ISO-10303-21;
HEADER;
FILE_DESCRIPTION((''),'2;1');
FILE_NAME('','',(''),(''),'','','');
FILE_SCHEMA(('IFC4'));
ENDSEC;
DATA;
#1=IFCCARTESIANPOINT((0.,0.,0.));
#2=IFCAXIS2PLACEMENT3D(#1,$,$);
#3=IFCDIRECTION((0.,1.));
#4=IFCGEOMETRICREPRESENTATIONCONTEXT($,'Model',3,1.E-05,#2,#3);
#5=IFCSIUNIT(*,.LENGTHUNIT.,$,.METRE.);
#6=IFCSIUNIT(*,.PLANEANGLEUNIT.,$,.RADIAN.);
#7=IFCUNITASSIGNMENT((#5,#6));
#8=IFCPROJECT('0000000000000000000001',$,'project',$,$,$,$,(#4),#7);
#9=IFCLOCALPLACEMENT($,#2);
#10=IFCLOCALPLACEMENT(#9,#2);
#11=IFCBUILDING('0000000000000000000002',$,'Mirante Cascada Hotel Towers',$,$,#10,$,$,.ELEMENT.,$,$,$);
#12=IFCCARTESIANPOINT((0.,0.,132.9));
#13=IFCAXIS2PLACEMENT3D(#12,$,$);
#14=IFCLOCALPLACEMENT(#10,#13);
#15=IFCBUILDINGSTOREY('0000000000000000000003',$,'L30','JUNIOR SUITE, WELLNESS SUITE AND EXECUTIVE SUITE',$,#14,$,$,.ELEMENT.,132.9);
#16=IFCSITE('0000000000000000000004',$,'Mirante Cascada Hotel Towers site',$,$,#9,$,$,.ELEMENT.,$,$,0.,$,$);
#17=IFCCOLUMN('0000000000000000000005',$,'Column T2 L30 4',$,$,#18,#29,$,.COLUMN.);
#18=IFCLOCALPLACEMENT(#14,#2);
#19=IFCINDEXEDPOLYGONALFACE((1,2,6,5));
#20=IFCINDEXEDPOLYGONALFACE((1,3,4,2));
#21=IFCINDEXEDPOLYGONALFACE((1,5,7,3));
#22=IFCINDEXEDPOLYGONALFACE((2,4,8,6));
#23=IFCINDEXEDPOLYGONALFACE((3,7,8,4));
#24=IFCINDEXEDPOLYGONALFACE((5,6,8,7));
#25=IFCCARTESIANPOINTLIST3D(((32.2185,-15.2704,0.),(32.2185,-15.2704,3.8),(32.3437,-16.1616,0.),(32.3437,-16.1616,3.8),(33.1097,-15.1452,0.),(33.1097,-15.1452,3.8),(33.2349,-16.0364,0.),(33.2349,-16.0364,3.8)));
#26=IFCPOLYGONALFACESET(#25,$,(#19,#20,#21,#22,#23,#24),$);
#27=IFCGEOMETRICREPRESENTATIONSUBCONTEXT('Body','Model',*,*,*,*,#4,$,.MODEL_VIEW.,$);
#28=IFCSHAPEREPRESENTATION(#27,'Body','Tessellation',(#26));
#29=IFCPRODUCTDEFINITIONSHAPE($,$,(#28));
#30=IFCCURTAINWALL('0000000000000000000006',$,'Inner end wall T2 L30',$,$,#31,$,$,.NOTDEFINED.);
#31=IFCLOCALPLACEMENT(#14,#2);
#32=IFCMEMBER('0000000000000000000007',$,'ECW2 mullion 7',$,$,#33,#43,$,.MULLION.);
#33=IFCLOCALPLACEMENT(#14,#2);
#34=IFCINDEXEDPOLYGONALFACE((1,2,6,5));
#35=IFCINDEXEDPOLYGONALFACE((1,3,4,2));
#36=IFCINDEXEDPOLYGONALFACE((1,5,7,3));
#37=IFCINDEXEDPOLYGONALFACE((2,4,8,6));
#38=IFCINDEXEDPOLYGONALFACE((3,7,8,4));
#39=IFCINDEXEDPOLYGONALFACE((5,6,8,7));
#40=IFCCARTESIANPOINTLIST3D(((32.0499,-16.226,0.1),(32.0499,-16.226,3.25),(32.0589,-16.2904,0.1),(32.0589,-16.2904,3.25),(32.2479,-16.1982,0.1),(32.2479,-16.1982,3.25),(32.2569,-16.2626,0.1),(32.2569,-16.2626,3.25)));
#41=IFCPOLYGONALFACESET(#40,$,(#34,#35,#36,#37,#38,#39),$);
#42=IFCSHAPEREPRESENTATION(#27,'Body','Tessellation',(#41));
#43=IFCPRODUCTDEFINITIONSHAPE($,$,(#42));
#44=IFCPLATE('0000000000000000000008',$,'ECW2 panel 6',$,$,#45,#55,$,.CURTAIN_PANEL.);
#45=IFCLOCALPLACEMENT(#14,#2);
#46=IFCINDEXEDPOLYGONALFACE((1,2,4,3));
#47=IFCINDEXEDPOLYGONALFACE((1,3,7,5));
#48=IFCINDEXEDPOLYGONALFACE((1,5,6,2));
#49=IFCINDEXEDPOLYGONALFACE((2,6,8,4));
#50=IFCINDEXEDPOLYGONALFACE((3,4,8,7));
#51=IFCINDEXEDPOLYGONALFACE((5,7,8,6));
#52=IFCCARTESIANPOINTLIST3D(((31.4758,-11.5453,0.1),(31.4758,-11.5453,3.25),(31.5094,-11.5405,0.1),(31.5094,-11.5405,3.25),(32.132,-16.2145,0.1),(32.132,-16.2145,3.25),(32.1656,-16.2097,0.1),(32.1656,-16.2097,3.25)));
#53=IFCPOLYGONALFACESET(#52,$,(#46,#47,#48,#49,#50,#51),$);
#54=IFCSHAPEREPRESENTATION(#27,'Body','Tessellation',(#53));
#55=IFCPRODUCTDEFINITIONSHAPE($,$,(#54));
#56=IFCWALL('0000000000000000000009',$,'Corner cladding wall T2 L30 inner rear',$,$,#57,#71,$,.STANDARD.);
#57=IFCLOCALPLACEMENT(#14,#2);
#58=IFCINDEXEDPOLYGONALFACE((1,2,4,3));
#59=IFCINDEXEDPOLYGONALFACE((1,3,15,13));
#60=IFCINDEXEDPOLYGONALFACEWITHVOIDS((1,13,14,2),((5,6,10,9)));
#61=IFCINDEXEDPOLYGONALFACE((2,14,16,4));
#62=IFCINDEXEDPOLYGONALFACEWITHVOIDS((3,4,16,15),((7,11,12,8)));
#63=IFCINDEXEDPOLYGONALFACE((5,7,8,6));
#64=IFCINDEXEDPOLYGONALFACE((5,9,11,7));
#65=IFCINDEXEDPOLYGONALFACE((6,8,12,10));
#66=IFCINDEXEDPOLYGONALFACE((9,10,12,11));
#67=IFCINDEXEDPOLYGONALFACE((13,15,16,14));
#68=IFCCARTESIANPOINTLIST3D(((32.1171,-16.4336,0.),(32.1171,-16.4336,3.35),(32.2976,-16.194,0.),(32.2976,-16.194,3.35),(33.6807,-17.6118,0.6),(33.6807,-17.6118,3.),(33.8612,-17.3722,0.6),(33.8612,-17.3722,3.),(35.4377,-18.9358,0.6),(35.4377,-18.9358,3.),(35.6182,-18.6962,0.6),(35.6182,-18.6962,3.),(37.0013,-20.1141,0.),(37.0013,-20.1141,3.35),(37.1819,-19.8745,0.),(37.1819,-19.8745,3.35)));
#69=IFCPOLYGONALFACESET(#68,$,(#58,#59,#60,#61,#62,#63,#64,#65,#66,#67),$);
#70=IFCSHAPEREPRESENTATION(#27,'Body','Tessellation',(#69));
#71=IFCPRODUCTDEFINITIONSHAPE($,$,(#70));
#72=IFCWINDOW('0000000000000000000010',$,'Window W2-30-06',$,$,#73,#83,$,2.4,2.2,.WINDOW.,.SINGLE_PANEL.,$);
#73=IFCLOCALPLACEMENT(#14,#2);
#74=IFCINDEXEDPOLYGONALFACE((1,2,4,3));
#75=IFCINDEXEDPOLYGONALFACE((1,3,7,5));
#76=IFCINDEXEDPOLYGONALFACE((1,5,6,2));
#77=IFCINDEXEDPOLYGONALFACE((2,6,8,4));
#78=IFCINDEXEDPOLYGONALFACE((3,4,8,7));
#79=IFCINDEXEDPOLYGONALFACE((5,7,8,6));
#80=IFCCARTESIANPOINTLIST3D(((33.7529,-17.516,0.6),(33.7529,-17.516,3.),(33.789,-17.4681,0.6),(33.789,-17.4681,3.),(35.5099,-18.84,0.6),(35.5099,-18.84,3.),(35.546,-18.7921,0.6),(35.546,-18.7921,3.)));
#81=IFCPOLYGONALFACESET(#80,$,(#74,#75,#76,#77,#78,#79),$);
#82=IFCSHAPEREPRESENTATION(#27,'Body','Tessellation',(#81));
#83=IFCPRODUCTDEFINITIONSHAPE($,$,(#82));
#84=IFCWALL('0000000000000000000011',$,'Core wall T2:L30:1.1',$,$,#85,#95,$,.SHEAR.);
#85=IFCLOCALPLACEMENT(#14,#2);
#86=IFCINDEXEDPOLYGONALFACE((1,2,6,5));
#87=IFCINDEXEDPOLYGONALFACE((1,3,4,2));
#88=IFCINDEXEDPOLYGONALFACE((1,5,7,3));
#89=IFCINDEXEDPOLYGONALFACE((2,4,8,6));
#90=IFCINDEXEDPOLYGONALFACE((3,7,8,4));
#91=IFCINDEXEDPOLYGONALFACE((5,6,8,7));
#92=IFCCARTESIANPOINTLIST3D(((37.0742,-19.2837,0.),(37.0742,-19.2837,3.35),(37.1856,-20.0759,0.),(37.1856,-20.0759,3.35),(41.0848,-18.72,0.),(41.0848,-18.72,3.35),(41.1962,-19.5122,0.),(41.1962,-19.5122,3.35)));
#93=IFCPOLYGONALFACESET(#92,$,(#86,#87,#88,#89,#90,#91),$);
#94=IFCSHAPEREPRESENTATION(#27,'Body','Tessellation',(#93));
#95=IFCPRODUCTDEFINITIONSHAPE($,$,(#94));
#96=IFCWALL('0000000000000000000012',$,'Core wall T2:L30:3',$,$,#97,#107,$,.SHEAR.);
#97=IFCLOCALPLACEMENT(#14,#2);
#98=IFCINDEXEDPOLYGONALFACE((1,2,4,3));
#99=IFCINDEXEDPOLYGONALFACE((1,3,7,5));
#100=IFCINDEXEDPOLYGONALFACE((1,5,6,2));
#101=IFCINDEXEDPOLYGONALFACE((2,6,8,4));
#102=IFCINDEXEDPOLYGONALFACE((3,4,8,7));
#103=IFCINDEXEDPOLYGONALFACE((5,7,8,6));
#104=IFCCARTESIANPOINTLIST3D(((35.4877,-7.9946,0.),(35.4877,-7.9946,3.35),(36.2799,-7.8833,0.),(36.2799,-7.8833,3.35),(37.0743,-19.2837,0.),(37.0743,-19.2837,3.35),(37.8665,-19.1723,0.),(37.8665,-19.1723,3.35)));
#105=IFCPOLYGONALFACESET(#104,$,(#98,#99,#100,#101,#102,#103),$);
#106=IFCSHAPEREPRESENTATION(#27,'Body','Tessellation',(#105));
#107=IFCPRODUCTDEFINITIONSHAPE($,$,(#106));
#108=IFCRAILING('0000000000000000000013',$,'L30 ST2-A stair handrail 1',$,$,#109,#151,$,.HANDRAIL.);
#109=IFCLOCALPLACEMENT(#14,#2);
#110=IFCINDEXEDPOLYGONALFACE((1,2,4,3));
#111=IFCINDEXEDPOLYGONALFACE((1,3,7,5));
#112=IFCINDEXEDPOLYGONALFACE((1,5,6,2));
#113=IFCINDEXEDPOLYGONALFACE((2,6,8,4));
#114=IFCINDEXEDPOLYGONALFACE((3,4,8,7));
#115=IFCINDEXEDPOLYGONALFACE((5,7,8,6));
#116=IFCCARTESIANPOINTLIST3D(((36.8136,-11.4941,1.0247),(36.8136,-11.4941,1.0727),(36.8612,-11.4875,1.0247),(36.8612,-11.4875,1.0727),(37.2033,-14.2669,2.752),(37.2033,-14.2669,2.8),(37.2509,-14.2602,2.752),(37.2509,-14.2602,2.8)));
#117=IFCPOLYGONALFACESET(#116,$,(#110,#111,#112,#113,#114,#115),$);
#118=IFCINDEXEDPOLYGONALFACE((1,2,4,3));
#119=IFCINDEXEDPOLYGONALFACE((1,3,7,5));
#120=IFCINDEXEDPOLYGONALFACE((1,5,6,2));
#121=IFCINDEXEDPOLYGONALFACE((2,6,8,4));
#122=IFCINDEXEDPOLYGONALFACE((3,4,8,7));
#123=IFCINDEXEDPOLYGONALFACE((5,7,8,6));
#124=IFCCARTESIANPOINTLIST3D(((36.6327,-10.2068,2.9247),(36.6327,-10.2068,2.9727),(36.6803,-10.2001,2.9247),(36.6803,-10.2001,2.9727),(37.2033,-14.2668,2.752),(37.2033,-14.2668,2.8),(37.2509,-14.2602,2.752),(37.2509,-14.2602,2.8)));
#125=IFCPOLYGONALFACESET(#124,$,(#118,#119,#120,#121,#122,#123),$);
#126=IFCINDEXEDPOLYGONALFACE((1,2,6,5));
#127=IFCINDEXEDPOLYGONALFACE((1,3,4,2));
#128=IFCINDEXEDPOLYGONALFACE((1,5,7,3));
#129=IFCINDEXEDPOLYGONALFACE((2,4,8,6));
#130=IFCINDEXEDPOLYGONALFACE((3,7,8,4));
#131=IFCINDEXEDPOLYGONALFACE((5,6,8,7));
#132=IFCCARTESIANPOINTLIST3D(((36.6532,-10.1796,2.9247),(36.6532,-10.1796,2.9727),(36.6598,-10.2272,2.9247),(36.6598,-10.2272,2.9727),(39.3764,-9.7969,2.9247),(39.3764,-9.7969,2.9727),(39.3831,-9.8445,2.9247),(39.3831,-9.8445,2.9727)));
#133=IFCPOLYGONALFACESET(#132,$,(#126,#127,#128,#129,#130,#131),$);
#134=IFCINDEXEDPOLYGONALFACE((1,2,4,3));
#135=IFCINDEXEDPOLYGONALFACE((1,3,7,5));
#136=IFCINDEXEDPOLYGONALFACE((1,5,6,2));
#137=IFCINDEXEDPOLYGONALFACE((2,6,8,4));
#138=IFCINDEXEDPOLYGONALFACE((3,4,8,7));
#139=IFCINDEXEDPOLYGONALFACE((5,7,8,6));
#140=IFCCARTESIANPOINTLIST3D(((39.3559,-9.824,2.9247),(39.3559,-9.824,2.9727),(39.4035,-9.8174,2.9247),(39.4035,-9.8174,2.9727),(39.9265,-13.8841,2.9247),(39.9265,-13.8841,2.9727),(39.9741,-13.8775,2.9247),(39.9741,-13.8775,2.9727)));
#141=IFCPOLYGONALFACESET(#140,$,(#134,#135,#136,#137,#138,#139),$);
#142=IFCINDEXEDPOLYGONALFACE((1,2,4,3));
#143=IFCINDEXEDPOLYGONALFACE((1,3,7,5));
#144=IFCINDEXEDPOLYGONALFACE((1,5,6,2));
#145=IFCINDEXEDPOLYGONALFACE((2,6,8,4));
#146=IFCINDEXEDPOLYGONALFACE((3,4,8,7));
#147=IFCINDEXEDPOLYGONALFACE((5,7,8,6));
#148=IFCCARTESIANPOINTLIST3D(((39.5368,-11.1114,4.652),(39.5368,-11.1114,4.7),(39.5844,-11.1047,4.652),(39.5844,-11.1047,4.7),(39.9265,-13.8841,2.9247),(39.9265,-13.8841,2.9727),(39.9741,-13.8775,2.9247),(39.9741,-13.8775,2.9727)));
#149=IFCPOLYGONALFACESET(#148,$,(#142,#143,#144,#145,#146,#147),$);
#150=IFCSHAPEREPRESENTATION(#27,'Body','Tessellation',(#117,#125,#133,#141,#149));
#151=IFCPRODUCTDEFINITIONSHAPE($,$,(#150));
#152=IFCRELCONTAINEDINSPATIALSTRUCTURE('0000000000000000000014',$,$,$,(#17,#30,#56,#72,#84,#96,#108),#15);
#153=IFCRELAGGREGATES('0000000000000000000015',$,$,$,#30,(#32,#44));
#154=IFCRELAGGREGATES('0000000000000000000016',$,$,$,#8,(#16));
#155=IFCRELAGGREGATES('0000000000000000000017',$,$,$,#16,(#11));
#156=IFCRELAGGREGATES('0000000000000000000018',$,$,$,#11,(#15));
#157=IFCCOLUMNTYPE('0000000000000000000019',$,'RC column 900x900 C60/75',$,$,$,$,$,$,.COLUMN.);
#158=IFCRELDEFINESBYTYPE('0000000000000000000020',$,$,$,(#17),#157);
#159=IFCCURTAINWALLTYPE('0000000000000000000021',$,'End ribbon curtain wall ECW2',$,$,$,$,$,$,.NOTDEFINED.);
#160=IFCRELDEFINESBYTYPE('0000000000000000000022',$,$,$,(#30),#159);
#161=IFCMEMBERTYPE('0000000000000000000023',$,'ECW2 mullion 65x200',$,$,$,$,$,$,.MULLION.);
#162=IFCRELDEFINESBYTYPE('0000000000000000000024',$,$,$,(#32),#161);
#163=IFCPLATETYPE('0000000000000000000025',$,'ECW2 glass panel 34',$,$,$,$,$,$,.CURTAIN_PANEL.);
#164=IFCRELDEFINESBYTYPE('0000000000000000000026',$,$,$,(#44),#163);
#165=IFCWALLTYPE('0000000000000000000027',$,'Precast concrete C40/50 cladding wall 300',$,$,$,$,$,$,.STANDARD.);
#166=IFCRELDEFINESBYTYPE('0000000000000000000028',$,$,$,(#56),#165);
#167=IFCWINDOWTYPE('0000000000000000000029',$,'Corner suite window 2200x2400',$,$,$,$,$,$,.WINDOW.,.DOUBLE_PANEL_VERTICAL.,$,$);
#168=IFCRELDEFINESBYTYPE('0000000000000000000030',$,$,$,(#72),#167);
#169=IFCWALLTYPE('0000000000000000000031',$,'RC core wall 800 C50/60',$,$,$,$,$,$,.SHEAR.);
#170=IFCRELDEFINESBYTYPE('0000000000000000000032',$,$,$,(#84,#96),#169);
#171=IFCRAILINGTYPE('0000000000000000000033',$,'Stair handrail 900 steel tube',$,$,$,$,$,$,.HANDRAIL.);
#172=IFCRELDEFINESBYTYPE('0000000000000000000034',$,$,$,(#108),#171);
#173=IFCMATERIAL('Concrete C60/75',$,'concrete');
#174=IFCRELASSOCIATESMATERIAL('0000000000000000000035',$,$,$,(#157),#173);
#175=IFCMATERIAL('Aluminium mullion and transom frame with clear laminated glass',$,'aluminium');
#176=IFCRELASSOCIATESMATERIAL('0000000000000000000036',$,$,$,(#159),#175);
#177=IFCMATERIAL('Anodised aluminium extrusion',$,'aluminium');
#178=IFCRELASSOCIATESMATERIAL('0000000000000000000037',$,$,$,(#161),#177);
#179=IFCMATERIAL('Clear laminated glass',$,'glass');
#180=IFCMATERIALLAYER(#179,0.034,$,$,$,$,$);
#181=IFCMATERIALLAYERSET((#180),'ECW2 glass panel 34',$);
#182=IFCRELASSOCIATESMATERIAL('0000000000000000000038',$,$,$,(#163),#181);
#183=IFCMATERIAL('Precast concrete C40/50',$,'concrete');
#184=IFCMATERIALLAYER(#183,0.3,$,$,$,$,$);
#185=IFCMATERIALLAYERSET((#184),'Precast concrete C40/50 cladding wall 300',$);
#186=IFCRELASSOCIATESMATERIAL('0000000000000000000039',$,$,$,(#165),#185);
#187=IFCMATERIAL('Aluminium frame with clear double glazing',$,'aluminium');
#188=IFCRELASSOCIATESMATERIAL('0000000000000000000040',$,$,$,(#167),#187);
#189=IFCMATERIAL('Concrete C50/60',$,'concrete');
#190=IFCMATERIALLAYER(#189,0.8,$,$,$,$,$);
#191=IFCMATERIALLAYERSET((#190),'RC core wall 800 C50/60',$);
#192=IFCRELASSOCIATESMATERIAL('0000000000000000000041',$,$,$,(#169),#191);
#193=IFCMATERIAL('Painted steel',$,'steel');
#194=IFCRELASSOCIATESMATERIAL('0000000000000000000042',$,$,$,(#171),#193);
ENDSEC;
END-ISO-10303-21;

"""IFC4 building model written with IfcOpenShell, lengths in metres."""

from ifc_helpers import new_model, si_unit, direction, frame, frame_2d, origin, origin_2d, place, context, subcontext, project, spatial, rectangle, extrude, material, layer, layer_set, material_profile, profile_set, type_object, element, fill, aggregate, save


model = new_model("IFC4")

# Units and contexts
model_context = context("Model", 3, precision=1e-05, world=origin(), true_north=direction((0.0, 1.0)))
body_context = subcontext(model_context, "Body", "Model", "MODEL_VIEW")
ifc_project = project(units=[si_unit("LENGTHUNIT", "METRE"), si_unit("PLANEANGLEUNIT", "RADIAN")], contexts=[model_context])

# Site, building, storey
site_placement = place(None, origin())
site = spatial("IfcSite", under=ifc_project, at=site_placement, Name="Mirante Cascada Hotel Towers site", CompositionType="ELEMENT", RefElevation=0.0)
building_placement = place(site_placement, origin())
building = spatial("IfcBuilding", under=site, at=building_placement, Name="Mirante Cascada Hotel Towers", CompositionType="ELEMENT")
storey_placement = place(building_placement, frame((0.0, 0.0, 132.9)))
storey = spatial("IfcBuildingStorey", under=building, at=storey_placement, Name="L30", Description="JUNIOR SUITE, WELLNESS SUITE AND EXECUTIVE SUITE", CompositionType="ELEMENT", Elevation=132.9)

# Column
ifc_material_1 = material(Name="Concrete C60/75", Category="concrete")
ifc_material_profile_1 = material_profile(ifc_material_1, rectangle(XDim=0.9, YDim=0.9, at=origin_2d()), Name="RC column 900x900 C60/75")
ifc_profile_set_1 = profile_set([ifc_material_profile_1], Name="Concrete C60/75")
column_type = type_object("IfcColumnType", Name="RC column 900x900 C60/75", PredefinedType="COLUMN", material=ifc_profile_set_1)
column_placement = place(storey_placement, frame((32.7267, -15.6534, 0.0), z_axis=(0.0, 0.0, 1.0), x_axis=(0.990268, 0.139173, 0.0)))
element("IfcColumn", 1, at=column_placement, inside=storey, type_object=column_type, Name="Column T2 L30 4", PredefinedType="COLUMN", context=body_context, shape_type="SweptSolid", body=[
    extrude(rectangle(XDim=0.9, YDim=0.9, at=origin_2d()), origin(), (0.0, 0.0, 1.0), 3.8),
])

# Curtain wall, member, plate
ifc_material_2 = material(Name="Aluminium mullion and transom frame with clear laminated glass", Category="aluminium")
curtain_wall_type = type_object("IfcCurtainWallType", Name="End ribbon curtain wall ECW2", PredefinedType="NOTDEFINED", material=ifc_material_2)
curtain_wall_placement = place(storey_placement, origin())
curtain_wall = element("IfcCurtainWall", 2, at=curtain_wall_placement, inside=storey, type_object=curtain_wall_type, Name="Inner end wall T2 L30", PredefinedType="NOTDEFINED")
ifc_material_3 = material(Name="Anodised aluminium extrusion", Category="aluminium")
ifc_material_profile_2 = material_profile(ifc_material_3, rectangle(XDim=0.2, YDim=0.065, at=origin_2d()), Name="ECW2 MULLION 65x200")
ifc_profile_set_2 = profile_set([ifc_material_profile_2], Name="Anodised aluminium extrusion")
member_type = type_object("IfcMemberType", Name="ECW2 mullion 65x200", PredefinedType="MULLION", material=ifc_profile_set_2)
member_placement = place(storey_placement, frame((32.1534, -16.2443, 0.1), z_axis=(0.0, 0.0, 1.0), x_axis=(0.990268, 0.139173, 0.0)))
member = element("IfcMember", 3, at=member_placement, type_object=member_type, Name="ECW2 mullion 7", PredefinedType="MULLION", context=body_context, shape_type="SweptSolid", body=[
    extrude(rectangle(XDim=0.2, YDim=0.065, at=origin_2d()), origin(), (0.0, 0.0, 1.0), 3.15),
])
ifc_material_4 = material(Name="Clear laminated glass", Category="glass")
ifc_layer_1 = layer(ifc_material_4, 0.034)
ifc_layer_set_1 = layer_set([ifc_layer_1], Name="ECW2 glass panel 34")
plate_type = type_object("IfcPlateType", Name="ECW2 glass panel 34", PredefinedType="CURTAIN_PANEL", material=ifc_layer_set_1)
plate_placement = place(storey_placement, frame((31.8207, -13.8775, 0.1), z_axis=(0.0, 0.0, 1.0), x_axis=(0.139173, -0.990268, 0.0)))
plate = element("IfcPlate", 4, at=plate_placement, type_object=plate_type, Name="ECW2 panel 6", PredefinedType="CURTAIN_PANEL", context=body_context, shape_type="SweptSolid", body=[
    extrude(rectangle(XDim=4.7151, YDim=0.034, at=origin_2d()), origin(), (0.0, 0.0, 1.0), 3.15),
])
aggregate(curtain_wall, [member, plate])

# Wall, opening, window
ifc_material_5 = material(Name="Precast concrete C40/50", Category="concrete")
ifc_layer_2 = layer(ifc_material_5, 0.3)
ifc_layer_set_2 = layer_set([ifc_layer_2], Name="Precast concrete C40/50 cladding wall 300")
wall_type_1 = type_object("IfcWallType", Name="Precast concrete C40/50 cladding wall 300", PredefinedType="STANDARD", material=ifc_layer_set_2)
wall_1_placement = place(storey_placement, frame((32.2074, -16.3138, 0.0), z_axis=(0.0, 0.0, 1.0), x_axis=(0.798636, -0.601814, 0.0)))
wall_1 = element("IfcWall", 5, at=wall_1_placement, inside=storey, type_object=wall_type_1, Name="Corner cladding wall T2 L30 inner rear", PredefinedType="STANDARD", context=body_context, shape_type="SweptSolid", body=[
    extrude(rectangle(XDim=6.1157, YDim=0.3, at=frame_2d((3.0578, 0.0))), origin(), (0.0, 0.0, 1.0), 3.35),
])
opening_placement = place(wall_1_placement, frame((1.9578, 0.0, 0.6)))
opening = element("IfcOpeningElement", 6, at=opening_placement, cuts=wall_1, PredefinedType="OPENING", context=body_context, shape_type="SweptSolid", body=[
    extrude(rectangle(XDim=2.2, YDim=2.4, at=frame_2d((1.1, 1.2))), frame((0.0, 0.15, 0.0), z_axis=(0.0, -1.0, 0.0), x_axis=(1.0, 0.0, 0.0)), (0.0, 0.0, 1.0), 0.3),
])
ifc_material_6 = material(Name="Aluminium frame with clear double glazing", Category="aluminium")
window_type = type_object("IfcWindowType", Name="Corner suite window 2200x2400", PartitioningType="DOUBLE_PANEL_VERTICAL", PredefinedType="WINDOW", material=ifc_material_6)
window_placement = place(opening_placement, origin())
window = element("IfcWindow", 7, at=window_placement, inside=storey, type_object=window_type, Name="Window W2-30-06", OverallHeight=2.4, OverallWidth=2.2, PartitioningType="SINGLE_PANEL", PredefinedType="WINDOW", context=body_context, shape_type="SweptSolid", body=[
    extrude(rectangle(XDim=2.2, YDim=2.4, at=frame_2d((1.1, 1.2))), frame((0.0, 0.03, 0.0), z_axis=(0.0, -1.0, 0.0), x_axis=(1.0, 0.0, 0.0)), (0.0, 0.0, 1.0), 0.06),
])
fill(opening, window)

# Walls
ifc_material_7 = material(Name="Concrete C50/60", Category="concrete")
ifc_layer_3 = layer(ifc_material_7, 0.8)
ifc_layer_set_3 = layer_set([ifc_layer_3], Name="RC core wall 800 C50/60")
wall_type_2 = type_object("IfcWallType", Name="RC core wall 800 C50/60", PredefinedType="SHEAR", material=ifc_layer_set_3)
wall_2_placement = place(storey_placement, frame((37.1299, -19.6798, 0.0), z_axis=(0.0, 0.0, 1.0), x_axis=(0.990267, 0.139184, 0.0)))
element("IfcWall", 8, at=wall_2_placement, inside=storey, type_object=wall_type_2, Name="Core wall T2:L30:1.1", PredefinedType="SHEAR", context=body_context, shape_type="SweptSolid", body=[
    extrude(rectangle(XDim=4.05, YDim=0.8, at=frame_2d((2.025, 0.0))), origin(), (0.0, 0.0, 1.0), 3.35),
])
wall_3_placement = place(storey_placement, frame((37.4704, -19.228, 0.0), z_axis=(0.0, 0.0, 1.0), x_axis=(-0.139175, 0.990268, 0.0)))
element("IfcWall", 9, at=wall_3_placement, inside=storey, type_object=wall_type_2, Name="Core wall T2:L30:3", PredefinedType="SHEAR", context=body_context, shape_type="SweptSolid", body=[
    extrude(rectangle(XDim=11.4, YDim=0.8, at=frame_2d((5.7, 0.0))), origin(), (0.0, 0.0, 1.0), 3.35),
])

# Railing
ifc_material_8 = material(Name="Painted steel", Category="steel")
railing_type = type_object("IfcRailingType", Name="Stair handrail 900 steel tube", PredefinedType="HANDRAIL", material=ifc_material_8)
railing_placement = place(storey_placement, frame((36.8374, -11.4908, 0.1727)))
element("IfcRailing", 10, at=railing_placement, inside=storey, type_object=railing_type, Name="L30 ST2-A stair handrail 1", PredefinedType="HANDRAIL", context=body_context, shape_type="SweptSolid", body=[
    extrude(rectangle(XDim=0.048, YDim=0.048, at=origin_2d()), frame((0.0, 0.0, 0.876), z_axis=(0.139181, -0.990267, 0.0), x_axis=(0.990267, 0.139181, 0.0)), (0.0, 0.525035, 0.851081), 3.2899),
    extrude(rectangle(XDim=0.048, YDim=0.048, at=origin_2d()), frame((0.3897, -2.7727, 2.6033), z_axis=(-0.139171, 0.990268, 0.0), x_axis=(-0.990268, -0.139171, 0.0)), (0.0, 0.042085, 0.999114), 4.1036),
    extrude(rectangle(XDim=0.048, YDim=0.048, at=origin_2d()), frame((-0.1809, 1.2874, 2.776), z_axis=(0.990269, 0.139166, 0.0), x_axis=(-0.139166, 0.990269, 0.0)), (0.0, 0.0, 1.0), 2.75),
    extrude(rectangle(XDim=0.048, YDim=0.048, at=origin_2d()), frame((2.5423, 1.6701, 2.776), z_axis=(0.139171, -0.990268, 0.0), x_axis=(0.990268, 0.139171, 0.0)), (0.0, 0.0, 1.0), 4.1),
    extrude(rectangle(XDim=0.048, YDim=0.048, at=origin_2d()), frame((3.1129, -2.39, 2.776), z_axis=(-0.139181, 0.990267, 0.0), x_axis=(-0.990267, -0.139181, 0.0)), (0.0, 0.525035, 0.851081), 3.2899),
])

save(model, "model.ifc")
